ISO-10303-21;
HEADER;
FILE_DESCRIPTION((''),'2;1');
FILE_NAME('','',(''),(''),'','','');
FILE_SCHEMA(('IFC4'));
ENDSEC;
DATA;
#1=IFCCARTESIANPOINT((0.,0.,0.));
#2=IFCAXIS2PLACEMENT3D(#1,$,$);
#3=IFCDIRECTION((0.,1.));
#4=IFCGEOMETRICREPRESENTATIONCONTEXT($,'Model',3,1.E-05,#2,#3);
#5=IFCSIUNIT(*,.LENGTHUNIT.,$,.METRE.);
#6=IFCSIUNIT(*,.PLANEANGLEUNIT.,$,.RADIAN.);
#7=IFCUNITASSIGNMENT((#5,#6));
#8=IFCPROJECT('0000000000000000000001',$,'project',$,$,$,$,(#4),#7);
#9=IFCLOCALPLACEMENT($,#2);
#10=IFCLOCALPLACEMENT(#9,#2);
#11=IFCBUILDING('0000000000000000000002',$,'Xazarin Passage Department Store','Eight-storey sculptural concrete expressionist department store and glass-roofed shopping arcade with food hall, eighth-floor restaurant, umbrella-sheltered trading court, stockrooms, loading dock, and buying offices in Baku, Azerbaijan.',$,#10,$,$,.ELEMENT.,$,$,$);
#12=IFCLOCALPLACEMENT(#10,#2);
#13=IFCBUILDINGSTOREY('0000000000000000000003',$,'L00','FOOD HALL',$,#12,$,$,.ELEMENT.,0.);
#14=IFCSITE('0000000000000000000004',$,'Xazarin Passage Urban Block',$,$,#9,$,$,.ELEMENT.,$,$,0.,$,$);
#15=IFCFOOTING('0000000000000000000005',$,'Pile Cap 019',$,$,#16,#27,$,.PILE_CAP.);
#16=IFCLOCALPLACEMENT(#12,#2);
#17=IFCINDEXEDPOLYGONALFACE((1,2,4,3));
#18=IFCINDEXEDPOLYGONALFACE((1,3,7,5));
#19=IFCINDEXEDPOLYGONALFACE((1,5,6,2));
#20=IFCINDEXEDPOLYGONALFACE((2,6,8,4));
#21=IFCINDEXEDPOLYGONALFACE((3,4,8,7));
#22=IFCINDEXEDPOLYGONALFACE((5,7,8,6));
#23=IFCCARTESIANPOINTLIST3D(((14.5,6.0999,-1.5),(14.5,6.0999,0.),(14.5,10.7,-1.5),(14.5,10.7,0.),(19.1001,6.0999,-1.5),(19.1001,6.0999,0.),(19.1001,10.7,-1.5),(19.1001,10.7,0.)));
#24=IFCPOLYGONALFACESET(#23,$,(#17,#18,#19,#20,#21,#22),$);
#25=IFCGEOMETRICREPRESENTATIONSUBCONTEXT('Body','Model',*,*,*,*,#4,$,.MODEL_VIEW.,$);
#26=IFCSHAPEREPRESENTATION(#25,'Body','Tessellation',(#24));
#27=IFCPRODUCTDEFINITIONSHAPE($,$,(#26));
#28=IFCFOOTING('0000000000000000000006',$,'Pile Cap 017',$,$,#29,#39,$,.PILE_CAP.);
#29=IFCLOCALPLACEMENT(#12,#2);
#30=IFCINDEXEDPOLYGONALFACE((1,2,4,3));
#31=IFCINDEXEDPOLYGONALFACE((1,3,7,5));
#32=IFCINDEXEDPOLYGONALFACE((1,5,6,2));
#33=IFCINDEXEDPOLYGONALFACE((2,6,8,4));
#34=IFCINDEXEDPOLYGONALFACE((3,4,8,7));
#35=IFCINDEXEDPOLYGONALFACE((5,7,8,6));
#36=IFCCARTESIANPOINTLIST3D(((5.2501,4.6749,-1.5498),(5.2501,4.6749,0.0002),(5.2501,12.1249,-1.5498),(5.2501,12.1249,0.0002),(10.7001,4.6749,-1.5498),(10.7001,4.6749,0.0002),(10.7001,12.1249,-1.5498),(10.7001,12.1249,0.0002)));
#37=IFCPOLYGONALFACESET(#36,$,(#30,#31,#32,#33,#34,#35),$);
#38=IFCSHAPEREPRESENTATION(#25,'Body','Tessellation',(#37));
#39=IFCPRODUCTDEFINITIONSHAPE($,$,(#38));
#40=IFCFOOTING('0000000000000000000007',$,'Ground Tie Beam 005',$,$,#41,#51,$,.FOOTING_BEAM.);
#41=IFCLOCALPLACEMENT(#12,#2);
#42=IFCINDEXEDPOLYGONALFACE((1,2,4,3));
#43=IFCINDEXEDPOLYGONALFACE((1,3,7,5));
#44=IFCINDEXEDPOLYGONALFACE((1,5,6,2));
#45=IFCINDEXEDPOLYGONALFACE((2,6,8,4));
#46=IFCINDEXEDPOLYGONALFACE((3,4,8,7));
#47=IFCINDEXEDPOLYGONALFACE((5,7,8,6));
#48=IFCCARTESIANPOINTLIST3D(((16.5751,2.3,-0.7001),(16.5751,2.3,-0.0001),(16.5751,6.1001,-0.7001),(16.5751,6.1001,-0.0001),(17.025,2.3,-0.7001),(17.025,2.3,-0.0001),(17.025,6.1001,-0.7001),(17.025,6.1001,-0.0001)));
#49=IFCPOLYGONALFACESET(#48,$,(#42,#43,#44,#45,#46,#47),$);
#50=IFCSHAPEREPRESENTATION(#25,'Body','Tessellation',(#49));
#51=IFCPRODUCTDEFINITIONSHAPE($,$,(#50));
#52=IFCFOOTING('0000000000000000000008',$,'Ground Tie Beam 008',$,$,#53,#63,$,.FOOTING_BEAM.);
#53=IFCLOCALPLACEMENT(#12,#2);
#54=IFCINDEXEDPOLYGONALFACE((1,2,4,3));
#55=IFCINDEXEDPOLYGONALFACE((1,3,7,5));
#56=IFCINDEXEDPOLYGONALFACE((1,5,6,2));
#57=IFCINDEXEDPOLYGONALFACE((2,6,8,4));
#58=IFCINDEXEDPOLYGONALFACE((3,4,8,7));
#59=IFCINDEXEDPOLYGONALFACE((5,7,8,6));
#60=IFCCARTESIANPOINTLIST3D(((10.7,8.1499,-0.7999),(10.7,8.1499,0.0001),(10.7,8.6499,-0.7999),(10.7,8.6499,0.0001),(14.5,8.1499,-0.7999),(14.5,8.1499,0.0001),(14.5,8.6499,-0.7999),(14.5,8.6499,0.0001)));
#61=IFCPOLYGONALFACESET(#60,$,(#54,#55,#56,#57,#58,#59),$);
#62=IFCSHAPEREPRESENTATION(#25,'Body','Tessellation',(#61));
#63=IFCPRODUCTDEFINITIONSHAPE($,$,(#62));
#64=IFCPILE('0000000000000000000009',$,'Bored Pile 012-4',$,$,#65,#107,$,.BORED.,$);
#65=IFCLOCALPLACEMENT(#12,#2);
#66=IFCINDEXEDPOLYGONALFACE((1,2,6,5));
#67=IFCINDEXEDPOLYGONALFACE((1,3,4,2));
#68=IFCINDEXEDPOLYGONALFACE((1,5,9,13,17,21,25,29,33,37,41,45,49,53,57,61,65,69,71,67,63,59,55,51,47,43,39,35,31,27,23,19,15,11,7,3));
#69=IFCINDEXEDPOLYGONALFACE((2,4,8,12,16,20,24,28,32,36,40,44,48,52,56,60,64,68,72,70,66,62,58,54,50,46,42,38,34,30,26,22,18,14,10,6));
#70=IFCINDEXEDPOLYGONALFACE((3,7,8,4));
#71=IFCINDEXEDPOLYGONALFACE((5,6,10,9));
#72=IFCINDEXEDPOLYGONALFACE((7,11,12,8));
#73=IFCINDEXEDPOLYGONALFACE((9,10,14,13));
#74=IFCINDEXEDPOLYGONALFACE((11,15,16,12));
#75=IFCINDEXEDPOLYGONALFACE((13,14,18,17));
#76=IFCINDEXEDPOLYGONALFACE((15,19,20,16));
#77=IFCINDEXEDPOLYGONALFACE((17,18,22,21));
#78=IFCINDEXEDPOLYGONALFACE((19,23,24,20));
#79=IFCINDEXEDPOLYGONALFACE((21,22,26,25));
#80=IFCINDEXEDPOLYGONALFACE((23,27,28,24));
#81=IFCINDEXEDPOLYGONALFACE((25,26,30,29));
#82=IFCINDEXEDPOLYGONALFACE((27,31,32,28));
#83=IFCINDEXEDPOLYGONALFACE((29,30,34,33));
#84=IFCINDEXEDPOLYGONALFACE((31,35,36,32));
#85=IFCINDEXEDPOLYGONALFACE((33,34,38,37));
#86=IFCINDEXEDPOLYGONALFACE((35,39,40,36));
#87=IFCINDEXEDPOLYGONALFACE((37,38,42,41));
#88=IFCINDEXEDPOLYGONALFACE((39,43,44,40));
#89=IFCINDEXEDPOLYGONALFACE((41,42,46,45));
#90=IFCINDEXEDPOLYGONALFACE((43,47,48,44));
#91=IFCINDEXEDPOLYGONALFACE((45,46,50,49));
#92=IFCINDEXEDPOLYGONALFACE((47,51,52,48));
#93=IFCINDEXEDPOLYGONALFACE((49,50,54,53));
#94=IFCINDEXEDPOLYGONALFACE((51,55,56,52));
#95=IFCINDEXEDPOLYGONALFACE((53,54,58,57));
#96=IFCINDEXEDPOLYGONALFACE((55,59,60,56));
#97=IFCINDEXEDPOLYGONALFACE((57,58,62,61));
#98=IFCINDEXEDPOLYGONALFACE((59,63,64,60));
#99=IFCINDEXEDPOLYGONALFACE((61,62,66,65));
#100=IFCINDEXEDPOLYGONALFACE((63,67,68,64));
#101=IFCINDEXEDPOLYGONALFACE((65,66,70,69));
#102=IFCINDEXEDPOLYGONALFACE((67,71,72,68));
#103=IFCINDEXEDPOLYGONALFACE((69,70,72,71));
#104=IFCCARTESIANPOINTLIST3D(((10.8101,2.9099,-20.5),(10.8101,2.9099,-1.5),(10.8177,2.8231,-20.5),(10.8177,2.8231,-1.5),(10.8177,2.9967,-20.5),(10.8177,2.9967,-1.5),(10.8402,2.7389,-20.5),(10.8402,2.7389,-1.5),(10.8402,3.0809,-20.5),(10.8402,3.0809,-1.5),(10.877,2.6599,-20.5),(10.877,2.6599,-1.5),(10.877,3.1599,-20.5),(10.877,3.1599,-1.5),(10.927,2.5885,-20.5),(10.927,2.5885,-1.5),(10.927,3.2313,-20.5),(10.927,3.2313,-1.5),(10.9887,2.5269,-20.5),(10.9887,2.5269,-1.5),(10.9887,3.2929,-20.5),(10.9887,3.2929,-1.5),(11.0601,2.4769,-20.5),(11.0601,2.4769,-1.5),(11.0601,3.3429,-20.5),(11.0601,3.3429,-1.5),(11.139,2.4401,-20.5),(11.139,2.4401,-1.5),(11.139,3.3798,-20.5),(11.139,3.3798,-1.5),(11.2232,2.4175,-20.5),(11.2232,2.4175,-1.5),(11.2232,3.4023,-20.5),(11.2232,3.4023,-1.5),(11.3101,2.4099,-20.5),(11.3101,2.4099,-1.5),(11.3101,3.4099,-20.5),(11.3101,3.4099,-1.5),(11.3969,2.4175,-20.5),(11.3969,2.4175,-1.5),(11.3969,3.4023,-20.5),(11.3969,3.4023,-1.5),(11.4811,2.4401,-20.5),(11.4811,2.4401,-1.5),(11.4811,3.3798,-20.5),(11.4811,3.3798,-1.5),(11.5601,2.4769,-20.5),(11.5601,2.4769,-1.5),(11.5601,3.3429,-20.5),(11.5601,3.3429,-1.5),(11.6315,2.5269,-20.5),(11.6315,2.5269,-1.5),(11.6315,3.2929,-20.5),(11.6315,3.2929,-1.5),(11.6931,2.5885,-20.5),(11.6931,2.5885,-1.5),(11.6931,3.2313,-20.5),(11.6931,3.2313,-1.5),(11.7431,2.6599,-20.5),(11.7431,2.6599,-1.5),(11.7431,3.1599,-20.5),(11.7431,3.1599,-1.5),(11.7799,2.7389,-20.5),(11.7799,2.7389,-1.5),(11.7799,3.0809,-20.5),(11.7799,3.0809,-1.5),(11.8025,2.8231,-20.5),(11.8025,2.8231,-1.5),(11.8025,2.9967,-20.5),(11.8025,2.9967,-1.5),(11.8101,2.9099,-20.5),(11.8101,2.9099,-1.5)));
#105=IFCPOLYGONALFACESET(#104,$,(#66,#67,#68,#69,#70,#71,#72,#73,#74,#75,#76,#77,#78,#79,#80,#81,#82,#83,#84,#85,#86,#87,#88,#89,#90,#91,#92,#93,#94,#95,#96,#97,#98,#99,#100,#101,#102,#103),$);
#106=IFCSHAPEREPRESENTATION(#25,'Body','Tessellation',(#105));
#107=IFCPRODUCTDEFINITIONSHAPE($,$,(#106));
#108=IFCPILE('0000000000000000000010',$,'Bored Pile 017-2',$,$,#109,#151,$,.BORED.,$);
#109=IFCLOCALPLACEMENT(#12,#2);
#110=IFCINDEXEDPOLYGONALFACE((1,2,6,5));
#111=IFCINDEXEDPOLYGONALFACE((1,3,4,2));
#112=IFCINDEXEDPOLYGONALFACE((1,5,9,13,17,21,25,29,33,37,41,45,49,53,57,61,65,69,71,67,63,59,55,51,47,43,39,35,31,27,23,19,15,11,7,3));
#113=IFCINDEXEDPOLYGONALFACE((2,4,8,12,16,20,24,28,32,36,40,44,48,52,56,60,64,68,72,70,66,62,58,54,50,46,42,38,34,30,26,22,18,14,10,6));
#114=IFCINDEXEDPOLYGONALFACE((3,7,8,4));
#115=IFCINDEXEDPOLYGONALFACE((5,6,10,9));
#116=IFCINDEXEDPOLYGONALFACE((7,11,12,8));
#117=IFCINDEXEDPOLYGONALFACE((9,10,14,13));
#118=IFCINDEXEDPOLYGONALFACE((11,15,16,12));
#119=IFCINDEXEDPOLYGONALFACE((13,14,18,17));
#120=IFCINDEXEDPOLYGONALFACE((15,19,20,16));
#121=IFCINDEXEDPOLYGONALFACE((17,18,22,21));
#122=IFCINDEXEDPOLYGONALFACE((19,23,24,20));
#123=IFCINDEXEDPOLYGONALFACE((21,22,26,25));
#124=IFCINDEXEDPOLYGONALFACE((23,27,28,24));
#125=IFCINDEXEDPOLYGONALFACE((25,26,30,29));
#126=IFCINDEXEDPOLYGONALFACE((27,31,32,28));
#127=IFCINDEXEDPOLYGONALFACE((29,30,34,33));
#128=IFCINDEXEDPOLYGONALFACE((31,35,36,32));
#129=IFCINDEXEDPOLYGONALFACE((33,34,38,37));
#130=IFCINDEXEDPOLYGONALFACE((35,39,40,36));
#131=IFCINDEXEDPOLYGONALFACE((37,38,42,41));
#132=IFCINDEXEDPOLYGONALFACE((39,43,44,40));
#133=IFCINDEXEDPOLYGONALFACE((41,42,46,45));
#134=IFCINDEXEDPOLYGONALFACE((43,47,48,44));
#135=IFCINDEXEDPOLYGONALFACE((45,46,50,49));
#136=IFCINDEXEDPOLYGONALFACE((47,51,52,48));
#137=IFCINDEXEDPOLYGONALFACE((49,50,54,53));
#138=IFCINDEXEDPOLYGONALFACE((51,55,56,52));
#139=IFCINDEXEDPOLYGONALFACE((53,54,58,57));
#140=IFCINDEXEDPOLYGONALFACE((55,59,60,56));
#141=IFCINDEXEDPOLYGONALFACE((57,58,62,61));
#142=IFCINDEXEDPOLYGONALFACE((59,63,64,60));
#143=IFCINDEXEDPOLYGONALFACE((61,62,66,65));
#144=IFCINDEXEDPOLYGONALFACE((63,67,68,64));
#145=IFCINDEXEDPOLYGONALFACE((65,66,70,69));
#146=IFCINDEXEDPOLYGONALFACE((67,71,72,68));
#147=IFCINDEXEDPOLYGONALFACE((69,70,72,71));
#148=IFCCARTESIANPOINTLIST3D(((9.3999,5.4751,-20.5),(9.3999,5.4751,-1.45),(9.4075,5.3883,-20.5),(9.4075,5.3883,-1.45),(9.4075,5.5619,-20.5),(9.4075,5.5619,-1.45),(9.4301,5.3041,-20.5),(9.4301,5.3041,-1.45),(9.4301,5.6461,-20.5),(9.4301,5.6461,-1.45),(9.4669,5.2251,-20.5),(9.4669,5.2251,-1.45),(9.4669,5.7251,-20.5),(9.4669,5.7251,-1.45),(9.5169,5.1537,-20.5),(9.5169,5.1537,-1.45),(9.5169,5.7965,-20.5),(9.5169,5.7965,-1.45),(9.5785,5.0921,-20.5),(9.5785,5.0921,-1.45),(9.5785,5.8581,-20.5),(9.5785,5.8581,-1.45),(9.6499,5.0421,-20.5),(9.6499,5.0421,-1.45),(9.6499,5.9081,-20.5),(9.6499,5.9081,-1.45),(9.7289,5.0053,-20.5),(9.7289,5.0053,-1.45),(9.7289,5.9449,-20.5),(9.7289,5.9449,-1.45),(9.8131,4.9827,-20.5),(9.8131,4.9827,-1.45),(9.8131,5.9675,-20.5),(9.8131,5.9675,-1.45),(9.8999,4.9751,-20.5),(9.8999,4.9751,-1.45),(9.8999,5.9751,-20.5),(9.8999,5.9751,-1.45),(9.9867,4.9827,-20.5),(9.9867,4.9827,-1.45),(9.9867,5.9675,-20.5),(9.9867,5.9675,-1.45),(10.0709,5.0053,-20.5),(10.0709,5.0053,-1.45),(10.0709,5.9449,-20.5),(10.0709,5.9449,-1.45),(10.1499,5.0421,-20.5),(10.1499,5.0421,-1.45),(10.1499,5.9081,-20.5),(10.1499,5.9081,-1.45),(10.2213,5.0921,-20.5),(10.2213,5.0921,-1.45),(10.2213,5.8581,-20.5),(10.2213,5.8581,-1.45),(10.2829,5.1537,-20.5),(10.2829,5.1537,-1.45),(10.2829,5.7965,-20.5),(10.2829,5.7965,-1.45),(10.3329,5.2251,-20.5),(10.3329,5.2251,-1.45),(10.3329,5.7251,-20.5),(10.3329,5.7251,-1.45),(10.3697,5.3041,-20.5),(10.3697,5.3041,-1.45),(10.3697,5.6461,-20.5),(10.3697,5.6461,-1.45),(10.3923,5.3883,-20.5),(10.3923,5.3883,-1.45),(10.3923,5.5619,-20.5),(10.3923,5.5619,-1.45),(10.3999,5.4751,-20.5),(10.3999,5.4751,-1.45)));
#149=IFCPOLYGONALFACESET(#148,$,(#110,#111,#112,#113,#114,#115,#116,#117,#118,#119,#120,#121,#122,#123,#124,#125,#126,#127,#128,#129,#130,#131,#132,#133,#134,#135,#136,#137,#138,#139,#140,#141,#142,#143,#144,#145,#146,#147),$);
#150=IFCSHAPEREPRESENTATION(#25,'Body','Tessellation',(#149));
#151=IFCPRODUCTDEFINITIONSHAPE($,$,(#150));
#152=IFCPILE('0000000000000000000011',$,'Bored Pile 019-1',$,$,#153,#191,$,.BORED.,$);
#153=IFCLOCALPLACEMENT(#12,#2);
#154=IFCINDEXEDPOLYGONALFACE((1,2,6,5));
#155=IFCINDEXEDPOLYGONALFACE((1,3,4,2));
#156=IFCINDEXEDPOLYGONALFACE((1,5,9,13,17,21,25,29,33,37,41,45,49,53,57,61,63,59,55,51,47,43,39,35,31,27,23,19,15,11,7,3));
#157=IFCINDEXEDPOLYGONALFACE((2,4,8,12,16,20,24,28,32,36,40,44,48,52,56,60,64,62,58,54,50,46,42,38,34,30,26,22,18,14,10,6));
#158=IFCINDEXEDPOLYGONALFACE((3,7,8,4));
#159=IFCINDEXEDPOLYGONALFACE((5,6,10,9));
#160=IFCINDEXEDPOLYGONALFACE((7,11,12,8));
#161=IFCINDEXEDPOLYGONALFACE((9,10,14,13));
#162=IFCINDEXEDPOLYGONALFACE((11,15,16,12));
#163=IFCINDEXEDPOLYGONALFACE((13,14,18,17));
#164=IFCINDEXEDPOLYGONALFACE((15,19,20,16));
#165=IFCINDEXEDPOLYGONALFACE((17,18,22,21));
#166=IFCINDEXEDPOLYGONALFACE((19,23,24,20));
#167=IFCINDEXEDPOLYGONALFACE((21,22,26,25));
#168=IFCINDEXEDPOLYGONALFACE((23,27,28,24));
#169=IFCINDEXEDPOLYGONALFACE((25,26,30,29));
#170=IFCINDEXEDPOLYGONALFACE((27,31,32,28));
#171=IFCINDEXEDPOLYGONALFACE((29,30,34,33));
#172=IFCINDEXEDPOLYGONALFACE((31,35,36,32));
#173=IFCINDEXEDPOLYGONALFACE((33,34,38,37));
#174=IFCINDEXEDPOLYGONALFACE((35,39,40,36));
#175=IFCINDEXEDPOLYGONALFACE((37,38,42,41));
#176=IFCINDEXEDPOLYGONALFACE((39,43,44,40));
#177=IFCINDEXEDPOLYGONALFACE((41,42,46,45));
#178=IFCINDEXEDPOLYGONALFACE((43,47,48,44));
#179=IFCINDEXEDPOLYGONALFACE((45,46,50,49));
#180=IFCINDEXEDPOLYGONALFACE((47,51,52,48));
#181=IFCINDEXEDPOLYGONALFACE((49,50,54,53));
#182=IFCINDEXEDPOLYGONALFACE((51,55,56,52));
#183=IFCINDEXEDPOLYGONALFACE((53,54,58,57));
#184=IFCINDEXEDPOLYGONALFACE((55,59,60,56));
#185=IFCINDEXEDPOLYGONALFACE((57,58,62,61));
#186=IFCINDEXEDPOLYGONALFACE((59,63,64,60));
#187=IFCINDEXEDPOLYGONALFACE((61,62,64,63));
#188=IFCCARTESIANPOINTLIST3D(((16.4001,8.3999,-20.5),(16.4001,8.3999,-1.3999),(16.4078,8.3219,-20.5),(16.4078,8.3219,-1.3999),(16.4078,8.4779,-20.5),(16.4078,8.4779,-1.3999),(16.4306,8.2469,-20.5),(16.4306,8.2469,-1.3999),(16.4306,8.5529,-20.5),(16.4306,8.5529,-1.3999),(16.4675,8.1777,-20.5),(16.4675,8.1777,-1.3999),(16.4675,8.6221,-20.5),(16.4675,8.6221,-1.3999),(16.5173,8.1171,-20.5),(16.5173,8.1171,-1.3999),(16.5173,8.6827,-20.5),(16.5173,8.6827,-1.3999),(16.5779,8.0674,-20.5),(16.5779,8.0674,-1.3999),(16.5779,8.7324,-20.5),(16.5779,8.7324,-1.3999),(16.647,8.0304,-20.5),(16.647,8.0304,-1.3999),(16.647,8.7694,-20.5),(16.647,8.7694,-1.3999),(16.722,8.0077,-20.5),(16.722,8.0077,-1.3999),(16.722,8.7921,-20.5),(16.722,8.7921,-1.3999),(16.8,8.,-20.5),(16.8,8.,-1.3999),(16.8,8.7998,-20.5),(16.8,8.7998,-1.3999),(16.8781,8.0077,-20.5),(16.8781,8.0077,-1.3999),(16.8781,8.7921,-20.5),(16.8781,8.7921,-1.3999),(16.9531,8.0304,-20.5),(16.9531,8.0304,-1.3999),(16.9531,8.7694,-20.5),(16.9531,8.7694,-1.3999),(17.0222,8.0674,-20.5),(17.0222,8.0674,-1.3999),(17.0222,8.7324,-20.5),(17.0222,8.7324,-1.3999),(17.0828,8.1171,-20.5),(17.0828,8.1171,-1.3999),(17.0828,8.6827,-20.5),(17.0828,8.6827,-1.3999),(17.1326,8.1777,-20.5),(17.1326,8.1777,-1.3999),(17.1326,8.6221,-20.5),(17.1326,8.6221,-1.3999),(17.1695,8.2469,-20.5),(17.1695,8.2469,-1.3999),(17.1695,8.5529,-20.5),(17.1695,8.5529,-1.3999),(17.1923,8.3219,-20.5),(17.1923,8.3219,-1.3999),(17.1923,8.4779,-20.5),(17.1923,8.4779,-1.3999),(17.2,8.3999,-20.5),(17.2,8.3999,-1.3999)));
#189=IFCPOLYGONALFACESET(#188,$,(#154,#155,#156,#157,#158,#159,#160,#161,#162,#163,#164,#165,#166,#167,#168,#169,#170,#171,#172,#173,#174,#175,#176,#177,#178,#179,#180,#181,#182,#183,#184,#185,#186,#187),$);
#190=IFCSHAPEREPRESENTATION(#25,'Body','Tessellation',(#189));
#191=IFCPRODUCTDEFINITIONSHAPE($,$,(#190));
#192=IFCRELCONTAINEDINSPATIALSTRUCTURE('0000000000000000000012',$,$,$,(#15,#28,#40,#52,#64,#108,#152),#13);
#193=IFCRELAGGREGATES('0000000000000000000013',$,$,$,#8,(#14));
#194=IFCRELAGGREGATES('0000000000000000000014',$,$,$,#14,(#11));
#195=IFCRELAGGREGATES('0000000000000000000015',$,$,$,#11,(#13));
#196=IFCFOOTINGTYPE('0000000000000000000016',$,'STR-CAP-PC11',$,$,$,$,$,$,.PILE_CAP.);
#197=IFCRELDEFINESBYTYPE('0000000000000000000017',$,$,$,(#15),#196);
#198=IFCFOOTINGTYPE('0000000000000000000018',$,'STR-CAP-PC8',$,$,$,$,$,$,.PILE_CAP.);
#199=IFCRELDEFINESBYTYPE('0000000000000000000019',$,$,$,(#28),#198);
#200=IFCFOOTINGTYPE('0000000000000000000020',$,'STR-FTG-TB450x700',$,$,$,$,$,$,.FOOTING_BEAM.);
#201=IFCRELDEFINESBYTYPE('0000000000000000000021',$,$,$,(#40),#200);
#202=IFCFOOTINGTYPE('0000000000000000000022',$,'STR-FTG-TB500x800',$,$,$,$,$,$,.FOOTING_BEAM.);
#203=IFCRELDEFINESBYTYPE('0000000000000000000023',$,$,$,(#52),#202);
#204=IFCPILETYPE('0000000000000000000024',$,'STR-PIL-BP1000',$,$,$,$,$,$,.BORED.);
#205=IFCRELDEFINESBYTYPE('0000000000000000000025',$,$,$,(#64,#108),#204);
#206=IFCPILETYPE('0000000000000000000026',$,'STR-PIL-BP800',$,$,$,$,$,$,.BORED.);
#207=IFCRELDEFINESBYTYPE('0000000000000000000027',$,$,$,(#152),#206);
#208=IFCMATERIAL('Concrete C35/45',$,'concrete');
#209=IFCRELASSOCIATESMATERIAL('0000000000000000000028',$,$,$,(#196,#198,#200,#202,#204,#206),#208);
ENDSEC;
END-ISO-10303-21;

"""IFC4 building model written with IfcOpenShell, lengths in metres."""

from ifc_helpers import new_model, si_unit, direction, frame, origin, origin_2d, place, context, subcontext, project, spatial, rectangle, circle, extrude, material, material_profile, profile_set, type_object, element, save


model = new_model("IFC4")

# Units and contexts
model_context = context("Model", 3, precision=1e-05, world=origin(), true_north=direction((0.0, 1.0)))
body_context = subcontext(model_context, "Body", "Model", "MODEL_VIEW")
ifc_project = project(units=[si_unit("LENGTHUNIT", "METRE"), si_unit("PLANEANGLEUNIT", "RADIAN")], contexts=[model_context])

# Site, building, storey
site_placement = place(None, origin())
site = spatial("IfcSite", under=ifc_project, at=site_placement, Name="Xazarin Passage Urban Block", CompositionType="ELEMENT", RefElevation=0.0)
building_placement = place(site_placement, origin())
building = spatial("IfcBuilding", under=site, at=building_placement, Name="Xazarin Passage Department Store", Description="Eight-storey sculptural concrete expressionist department store and glass-roofed shopping arcade with food hall, eighth-floor restaurant, umbrella-sheltered trading court, stockrooms, loading dock, and buying offices in Baku, Azerbaijan.", CompositionType="ELEMENT")
storey_placement = place(building_placement, origin())
storey = spatial("IfcBuildingStorey", under=building, at=storey_placement, Name="L00", Description="FOOD HALL", CompositionType="ELEMENT", Elevation=0.0)

# Footings
ifc_material_1 = material(Name="Concrete C35/45", Category="concrete")
footing_type_1 = type_object("IfcFootingType", Name="STR-CAP-PC11", PredefinedType="PILE_CAP", material=ifc_material_1)
footing_1_placement = place(storey_placement, frame((16.8, 8.3999, -1.5), z_axis=(0.0, 0.0, 1.0), x_axis=(1.0, 0.0, 0.0)))
element("IfcFooting", 1, at=footing_1_placement, inside=storey, type_object=footing_type_1, Name="Pile Cap 019", PredefinedType="PILE_CAP", context=body_context, shape_type="SweptSolid", body=[
    extrude(rectangle(XDim=4.6001, YDim=4.6001, at=origin_2d()), origin(), (0.0, 0.0, 1.0), 1.5),
])
footing_type_2 = type_object("IfcFootingType", Name="STR-CAP-PC8", PredefinedType="PILE_CAP", material=ifc_material_1)
footing_2_placement = place(storey_placement, frame((7.9751, 8.3999, -1.5498), z_axis=(0.0, 0.0, 1.0), x_axis=(0.0, 1.0, 0.0)))
element("IfcFooting", 2, at=footing_2_placement, inside=storey, type_object=footing_type_2, Name="Pile Cap 017", PredefinedType="PILE_CAP", context=body_context, shape_type="SweptSolid", body=[
    extrude(rectangle(XDim=7.45, YDim=5.45, at=origin_2d()), origin(), (0.0, 0.0, 1.0), 1.55),
])
ifc_material_profile_1 = material_profile(ifc_material_1, rectangle(XDim=0.45, YDim=0.7, at=origin_2d()), Name="RC 450x700")
ifc_profile_set_1 = profile_set([ifc_material_profile_1], Name="Concrete C35/45")
footing_type_3 = type_object("IfcFootingType", Name="STR-FTG-TB450x700", PredefinedType="FOOTING_BEAM", material=ifc_profile_set_1)
footing_3_placement = place(storey_placement, frame((16.8, 2.3, -0.3501), z_axis=(0.0, 1.0, 0.0), x_axis=(-1.0, 0.0, 0.0)))
element("IfcFooting", 3, at=footing_3_placement, inside=storey, type_object=footing_type_3, Name="Ground Tie Beam 005", PredefinedType="FOOTING_BEAM", context=body_context, shape_type="SweptSolid", body=[
    extrude(rectangle(XDim=0.45, YDim=0.7, at=origin_2d()), origin(), (0.0, 0.0, 1.0), 3.8),
])
ifc_material_profile_2 = material_profile(ifc_material_1, rectangle(XDim=0.5, YDim=0.8, at=origin_2d()), Name="RC 500x800")
ifc_profile_set_2 = profile_set([ifc_material_profile_2], Name="Concrete C35/45")
footing_type_4 = type_object("IfcFootingType", Name="STR-FTG-TB500x800", PredefinedType="FOOTING_BEAM", material=ifc_profile_set_2)
footing_4_placement = place(storey_placement, frame((10.7, 8.3999, -0.3999), z_axis=(1.0, 0.0, 0.0), x_axis=(0.0, 1.0, 0.0)))
element("IfcFooting", 4, at=footing_4_placement, inside=storey, type_object=footing_type_4, Name="Ground Tie Beam 008", PredefinedType="FOOTING_BEAM", context=body_context, shape_type="SweptSolid", body=[
    extrude(rectangle(XDim=0.5, YDim=0.8, at=origin_2d()), origin(), (0.0, 0.0, 1.0), 3.8),
])

# Piles
ifc_material_profile_3 = material_profile(ifc_material_1, circle(Radius=0.5, at=origin_2d()), Name="BP 1000")
ifc_profile_set_3 = profile_set([ifc_material_profile_3], Name="Concrete C35/45")
pile_type_1 = type_object("IfcPileType", Name="STR-PIL-BP1000", PredefinedType="BORED", material=ifc_profile_set_3)
pile_1_placement = place(storey_placement, frame((11.3101, 2.9099, -1.5), z_axis=(0.0, 0.0, -1.0), x_axis=(1.0, 0.0, 0.0)))
element("IfcPile", 5, at=pile_1_placement, inside=storey, type_object=pile_type_1, Name="Bored Pile 012-4", PredefinedType="BORED", context=body_context, shape_type="SweptSolid", body=[
    extrude(circle(Radius=0.5, at=origin_2d()), origin(), (0.0, 0.0, 1.0), 19.0),
])
pile_2_placement = place(storey_placement, frame((9.8999, 5.4751, -1.45), z_axis=(0.0, 0.0, -1.0), x_axis=(1.0, 0.0, 0.0)))
element("IfcPile", 6, at=pile_2_placement, inside=storey, type_object=pile_type_1, Name="Bored Pile 017-2", PredefinedType="BORED", context=body_context, shape_type="SweptSolid", body=[
    extrude(circle(Radius=0.5, at=origin_2d()), origin(), (0.0, 0.0, 1.0), 19.05),
])
ifc_material_profile_4 = material_profile(ifc_material_1, circle(Radius=0.3999, at=origin_2d()), Name="BP 800")
ifc_profile_set_4 = profile_set([ifc_material_profile_4], Name="Concrete C35/45")
pile_type_2 = type_object("IfcPileType", Name="STR-PIL-BP800", PredefinedType="BORED", material=ifc_profile_set_4)
pile_3_placement = place(storey_placement, frame((16.8, 8.3999, -1.3999), z_axis=(0.0, 0.0, -1.0), x_axis=(1.0, 0.0, 0.0)))
element("IfcPile", 7, at=pile_3_placement, inside=storey, type_object=pile_type_2, Name="Bored Pile 019-1", PredefinedType="BORED", context=body_context, shape_type="SweptSolid", body=[
    extrude(circle(Radius=0.3999, at=origin_2d()), origin(), (0.0, 0.0, 1.0), 19.1001),
])

save(model, "model.ifc")
